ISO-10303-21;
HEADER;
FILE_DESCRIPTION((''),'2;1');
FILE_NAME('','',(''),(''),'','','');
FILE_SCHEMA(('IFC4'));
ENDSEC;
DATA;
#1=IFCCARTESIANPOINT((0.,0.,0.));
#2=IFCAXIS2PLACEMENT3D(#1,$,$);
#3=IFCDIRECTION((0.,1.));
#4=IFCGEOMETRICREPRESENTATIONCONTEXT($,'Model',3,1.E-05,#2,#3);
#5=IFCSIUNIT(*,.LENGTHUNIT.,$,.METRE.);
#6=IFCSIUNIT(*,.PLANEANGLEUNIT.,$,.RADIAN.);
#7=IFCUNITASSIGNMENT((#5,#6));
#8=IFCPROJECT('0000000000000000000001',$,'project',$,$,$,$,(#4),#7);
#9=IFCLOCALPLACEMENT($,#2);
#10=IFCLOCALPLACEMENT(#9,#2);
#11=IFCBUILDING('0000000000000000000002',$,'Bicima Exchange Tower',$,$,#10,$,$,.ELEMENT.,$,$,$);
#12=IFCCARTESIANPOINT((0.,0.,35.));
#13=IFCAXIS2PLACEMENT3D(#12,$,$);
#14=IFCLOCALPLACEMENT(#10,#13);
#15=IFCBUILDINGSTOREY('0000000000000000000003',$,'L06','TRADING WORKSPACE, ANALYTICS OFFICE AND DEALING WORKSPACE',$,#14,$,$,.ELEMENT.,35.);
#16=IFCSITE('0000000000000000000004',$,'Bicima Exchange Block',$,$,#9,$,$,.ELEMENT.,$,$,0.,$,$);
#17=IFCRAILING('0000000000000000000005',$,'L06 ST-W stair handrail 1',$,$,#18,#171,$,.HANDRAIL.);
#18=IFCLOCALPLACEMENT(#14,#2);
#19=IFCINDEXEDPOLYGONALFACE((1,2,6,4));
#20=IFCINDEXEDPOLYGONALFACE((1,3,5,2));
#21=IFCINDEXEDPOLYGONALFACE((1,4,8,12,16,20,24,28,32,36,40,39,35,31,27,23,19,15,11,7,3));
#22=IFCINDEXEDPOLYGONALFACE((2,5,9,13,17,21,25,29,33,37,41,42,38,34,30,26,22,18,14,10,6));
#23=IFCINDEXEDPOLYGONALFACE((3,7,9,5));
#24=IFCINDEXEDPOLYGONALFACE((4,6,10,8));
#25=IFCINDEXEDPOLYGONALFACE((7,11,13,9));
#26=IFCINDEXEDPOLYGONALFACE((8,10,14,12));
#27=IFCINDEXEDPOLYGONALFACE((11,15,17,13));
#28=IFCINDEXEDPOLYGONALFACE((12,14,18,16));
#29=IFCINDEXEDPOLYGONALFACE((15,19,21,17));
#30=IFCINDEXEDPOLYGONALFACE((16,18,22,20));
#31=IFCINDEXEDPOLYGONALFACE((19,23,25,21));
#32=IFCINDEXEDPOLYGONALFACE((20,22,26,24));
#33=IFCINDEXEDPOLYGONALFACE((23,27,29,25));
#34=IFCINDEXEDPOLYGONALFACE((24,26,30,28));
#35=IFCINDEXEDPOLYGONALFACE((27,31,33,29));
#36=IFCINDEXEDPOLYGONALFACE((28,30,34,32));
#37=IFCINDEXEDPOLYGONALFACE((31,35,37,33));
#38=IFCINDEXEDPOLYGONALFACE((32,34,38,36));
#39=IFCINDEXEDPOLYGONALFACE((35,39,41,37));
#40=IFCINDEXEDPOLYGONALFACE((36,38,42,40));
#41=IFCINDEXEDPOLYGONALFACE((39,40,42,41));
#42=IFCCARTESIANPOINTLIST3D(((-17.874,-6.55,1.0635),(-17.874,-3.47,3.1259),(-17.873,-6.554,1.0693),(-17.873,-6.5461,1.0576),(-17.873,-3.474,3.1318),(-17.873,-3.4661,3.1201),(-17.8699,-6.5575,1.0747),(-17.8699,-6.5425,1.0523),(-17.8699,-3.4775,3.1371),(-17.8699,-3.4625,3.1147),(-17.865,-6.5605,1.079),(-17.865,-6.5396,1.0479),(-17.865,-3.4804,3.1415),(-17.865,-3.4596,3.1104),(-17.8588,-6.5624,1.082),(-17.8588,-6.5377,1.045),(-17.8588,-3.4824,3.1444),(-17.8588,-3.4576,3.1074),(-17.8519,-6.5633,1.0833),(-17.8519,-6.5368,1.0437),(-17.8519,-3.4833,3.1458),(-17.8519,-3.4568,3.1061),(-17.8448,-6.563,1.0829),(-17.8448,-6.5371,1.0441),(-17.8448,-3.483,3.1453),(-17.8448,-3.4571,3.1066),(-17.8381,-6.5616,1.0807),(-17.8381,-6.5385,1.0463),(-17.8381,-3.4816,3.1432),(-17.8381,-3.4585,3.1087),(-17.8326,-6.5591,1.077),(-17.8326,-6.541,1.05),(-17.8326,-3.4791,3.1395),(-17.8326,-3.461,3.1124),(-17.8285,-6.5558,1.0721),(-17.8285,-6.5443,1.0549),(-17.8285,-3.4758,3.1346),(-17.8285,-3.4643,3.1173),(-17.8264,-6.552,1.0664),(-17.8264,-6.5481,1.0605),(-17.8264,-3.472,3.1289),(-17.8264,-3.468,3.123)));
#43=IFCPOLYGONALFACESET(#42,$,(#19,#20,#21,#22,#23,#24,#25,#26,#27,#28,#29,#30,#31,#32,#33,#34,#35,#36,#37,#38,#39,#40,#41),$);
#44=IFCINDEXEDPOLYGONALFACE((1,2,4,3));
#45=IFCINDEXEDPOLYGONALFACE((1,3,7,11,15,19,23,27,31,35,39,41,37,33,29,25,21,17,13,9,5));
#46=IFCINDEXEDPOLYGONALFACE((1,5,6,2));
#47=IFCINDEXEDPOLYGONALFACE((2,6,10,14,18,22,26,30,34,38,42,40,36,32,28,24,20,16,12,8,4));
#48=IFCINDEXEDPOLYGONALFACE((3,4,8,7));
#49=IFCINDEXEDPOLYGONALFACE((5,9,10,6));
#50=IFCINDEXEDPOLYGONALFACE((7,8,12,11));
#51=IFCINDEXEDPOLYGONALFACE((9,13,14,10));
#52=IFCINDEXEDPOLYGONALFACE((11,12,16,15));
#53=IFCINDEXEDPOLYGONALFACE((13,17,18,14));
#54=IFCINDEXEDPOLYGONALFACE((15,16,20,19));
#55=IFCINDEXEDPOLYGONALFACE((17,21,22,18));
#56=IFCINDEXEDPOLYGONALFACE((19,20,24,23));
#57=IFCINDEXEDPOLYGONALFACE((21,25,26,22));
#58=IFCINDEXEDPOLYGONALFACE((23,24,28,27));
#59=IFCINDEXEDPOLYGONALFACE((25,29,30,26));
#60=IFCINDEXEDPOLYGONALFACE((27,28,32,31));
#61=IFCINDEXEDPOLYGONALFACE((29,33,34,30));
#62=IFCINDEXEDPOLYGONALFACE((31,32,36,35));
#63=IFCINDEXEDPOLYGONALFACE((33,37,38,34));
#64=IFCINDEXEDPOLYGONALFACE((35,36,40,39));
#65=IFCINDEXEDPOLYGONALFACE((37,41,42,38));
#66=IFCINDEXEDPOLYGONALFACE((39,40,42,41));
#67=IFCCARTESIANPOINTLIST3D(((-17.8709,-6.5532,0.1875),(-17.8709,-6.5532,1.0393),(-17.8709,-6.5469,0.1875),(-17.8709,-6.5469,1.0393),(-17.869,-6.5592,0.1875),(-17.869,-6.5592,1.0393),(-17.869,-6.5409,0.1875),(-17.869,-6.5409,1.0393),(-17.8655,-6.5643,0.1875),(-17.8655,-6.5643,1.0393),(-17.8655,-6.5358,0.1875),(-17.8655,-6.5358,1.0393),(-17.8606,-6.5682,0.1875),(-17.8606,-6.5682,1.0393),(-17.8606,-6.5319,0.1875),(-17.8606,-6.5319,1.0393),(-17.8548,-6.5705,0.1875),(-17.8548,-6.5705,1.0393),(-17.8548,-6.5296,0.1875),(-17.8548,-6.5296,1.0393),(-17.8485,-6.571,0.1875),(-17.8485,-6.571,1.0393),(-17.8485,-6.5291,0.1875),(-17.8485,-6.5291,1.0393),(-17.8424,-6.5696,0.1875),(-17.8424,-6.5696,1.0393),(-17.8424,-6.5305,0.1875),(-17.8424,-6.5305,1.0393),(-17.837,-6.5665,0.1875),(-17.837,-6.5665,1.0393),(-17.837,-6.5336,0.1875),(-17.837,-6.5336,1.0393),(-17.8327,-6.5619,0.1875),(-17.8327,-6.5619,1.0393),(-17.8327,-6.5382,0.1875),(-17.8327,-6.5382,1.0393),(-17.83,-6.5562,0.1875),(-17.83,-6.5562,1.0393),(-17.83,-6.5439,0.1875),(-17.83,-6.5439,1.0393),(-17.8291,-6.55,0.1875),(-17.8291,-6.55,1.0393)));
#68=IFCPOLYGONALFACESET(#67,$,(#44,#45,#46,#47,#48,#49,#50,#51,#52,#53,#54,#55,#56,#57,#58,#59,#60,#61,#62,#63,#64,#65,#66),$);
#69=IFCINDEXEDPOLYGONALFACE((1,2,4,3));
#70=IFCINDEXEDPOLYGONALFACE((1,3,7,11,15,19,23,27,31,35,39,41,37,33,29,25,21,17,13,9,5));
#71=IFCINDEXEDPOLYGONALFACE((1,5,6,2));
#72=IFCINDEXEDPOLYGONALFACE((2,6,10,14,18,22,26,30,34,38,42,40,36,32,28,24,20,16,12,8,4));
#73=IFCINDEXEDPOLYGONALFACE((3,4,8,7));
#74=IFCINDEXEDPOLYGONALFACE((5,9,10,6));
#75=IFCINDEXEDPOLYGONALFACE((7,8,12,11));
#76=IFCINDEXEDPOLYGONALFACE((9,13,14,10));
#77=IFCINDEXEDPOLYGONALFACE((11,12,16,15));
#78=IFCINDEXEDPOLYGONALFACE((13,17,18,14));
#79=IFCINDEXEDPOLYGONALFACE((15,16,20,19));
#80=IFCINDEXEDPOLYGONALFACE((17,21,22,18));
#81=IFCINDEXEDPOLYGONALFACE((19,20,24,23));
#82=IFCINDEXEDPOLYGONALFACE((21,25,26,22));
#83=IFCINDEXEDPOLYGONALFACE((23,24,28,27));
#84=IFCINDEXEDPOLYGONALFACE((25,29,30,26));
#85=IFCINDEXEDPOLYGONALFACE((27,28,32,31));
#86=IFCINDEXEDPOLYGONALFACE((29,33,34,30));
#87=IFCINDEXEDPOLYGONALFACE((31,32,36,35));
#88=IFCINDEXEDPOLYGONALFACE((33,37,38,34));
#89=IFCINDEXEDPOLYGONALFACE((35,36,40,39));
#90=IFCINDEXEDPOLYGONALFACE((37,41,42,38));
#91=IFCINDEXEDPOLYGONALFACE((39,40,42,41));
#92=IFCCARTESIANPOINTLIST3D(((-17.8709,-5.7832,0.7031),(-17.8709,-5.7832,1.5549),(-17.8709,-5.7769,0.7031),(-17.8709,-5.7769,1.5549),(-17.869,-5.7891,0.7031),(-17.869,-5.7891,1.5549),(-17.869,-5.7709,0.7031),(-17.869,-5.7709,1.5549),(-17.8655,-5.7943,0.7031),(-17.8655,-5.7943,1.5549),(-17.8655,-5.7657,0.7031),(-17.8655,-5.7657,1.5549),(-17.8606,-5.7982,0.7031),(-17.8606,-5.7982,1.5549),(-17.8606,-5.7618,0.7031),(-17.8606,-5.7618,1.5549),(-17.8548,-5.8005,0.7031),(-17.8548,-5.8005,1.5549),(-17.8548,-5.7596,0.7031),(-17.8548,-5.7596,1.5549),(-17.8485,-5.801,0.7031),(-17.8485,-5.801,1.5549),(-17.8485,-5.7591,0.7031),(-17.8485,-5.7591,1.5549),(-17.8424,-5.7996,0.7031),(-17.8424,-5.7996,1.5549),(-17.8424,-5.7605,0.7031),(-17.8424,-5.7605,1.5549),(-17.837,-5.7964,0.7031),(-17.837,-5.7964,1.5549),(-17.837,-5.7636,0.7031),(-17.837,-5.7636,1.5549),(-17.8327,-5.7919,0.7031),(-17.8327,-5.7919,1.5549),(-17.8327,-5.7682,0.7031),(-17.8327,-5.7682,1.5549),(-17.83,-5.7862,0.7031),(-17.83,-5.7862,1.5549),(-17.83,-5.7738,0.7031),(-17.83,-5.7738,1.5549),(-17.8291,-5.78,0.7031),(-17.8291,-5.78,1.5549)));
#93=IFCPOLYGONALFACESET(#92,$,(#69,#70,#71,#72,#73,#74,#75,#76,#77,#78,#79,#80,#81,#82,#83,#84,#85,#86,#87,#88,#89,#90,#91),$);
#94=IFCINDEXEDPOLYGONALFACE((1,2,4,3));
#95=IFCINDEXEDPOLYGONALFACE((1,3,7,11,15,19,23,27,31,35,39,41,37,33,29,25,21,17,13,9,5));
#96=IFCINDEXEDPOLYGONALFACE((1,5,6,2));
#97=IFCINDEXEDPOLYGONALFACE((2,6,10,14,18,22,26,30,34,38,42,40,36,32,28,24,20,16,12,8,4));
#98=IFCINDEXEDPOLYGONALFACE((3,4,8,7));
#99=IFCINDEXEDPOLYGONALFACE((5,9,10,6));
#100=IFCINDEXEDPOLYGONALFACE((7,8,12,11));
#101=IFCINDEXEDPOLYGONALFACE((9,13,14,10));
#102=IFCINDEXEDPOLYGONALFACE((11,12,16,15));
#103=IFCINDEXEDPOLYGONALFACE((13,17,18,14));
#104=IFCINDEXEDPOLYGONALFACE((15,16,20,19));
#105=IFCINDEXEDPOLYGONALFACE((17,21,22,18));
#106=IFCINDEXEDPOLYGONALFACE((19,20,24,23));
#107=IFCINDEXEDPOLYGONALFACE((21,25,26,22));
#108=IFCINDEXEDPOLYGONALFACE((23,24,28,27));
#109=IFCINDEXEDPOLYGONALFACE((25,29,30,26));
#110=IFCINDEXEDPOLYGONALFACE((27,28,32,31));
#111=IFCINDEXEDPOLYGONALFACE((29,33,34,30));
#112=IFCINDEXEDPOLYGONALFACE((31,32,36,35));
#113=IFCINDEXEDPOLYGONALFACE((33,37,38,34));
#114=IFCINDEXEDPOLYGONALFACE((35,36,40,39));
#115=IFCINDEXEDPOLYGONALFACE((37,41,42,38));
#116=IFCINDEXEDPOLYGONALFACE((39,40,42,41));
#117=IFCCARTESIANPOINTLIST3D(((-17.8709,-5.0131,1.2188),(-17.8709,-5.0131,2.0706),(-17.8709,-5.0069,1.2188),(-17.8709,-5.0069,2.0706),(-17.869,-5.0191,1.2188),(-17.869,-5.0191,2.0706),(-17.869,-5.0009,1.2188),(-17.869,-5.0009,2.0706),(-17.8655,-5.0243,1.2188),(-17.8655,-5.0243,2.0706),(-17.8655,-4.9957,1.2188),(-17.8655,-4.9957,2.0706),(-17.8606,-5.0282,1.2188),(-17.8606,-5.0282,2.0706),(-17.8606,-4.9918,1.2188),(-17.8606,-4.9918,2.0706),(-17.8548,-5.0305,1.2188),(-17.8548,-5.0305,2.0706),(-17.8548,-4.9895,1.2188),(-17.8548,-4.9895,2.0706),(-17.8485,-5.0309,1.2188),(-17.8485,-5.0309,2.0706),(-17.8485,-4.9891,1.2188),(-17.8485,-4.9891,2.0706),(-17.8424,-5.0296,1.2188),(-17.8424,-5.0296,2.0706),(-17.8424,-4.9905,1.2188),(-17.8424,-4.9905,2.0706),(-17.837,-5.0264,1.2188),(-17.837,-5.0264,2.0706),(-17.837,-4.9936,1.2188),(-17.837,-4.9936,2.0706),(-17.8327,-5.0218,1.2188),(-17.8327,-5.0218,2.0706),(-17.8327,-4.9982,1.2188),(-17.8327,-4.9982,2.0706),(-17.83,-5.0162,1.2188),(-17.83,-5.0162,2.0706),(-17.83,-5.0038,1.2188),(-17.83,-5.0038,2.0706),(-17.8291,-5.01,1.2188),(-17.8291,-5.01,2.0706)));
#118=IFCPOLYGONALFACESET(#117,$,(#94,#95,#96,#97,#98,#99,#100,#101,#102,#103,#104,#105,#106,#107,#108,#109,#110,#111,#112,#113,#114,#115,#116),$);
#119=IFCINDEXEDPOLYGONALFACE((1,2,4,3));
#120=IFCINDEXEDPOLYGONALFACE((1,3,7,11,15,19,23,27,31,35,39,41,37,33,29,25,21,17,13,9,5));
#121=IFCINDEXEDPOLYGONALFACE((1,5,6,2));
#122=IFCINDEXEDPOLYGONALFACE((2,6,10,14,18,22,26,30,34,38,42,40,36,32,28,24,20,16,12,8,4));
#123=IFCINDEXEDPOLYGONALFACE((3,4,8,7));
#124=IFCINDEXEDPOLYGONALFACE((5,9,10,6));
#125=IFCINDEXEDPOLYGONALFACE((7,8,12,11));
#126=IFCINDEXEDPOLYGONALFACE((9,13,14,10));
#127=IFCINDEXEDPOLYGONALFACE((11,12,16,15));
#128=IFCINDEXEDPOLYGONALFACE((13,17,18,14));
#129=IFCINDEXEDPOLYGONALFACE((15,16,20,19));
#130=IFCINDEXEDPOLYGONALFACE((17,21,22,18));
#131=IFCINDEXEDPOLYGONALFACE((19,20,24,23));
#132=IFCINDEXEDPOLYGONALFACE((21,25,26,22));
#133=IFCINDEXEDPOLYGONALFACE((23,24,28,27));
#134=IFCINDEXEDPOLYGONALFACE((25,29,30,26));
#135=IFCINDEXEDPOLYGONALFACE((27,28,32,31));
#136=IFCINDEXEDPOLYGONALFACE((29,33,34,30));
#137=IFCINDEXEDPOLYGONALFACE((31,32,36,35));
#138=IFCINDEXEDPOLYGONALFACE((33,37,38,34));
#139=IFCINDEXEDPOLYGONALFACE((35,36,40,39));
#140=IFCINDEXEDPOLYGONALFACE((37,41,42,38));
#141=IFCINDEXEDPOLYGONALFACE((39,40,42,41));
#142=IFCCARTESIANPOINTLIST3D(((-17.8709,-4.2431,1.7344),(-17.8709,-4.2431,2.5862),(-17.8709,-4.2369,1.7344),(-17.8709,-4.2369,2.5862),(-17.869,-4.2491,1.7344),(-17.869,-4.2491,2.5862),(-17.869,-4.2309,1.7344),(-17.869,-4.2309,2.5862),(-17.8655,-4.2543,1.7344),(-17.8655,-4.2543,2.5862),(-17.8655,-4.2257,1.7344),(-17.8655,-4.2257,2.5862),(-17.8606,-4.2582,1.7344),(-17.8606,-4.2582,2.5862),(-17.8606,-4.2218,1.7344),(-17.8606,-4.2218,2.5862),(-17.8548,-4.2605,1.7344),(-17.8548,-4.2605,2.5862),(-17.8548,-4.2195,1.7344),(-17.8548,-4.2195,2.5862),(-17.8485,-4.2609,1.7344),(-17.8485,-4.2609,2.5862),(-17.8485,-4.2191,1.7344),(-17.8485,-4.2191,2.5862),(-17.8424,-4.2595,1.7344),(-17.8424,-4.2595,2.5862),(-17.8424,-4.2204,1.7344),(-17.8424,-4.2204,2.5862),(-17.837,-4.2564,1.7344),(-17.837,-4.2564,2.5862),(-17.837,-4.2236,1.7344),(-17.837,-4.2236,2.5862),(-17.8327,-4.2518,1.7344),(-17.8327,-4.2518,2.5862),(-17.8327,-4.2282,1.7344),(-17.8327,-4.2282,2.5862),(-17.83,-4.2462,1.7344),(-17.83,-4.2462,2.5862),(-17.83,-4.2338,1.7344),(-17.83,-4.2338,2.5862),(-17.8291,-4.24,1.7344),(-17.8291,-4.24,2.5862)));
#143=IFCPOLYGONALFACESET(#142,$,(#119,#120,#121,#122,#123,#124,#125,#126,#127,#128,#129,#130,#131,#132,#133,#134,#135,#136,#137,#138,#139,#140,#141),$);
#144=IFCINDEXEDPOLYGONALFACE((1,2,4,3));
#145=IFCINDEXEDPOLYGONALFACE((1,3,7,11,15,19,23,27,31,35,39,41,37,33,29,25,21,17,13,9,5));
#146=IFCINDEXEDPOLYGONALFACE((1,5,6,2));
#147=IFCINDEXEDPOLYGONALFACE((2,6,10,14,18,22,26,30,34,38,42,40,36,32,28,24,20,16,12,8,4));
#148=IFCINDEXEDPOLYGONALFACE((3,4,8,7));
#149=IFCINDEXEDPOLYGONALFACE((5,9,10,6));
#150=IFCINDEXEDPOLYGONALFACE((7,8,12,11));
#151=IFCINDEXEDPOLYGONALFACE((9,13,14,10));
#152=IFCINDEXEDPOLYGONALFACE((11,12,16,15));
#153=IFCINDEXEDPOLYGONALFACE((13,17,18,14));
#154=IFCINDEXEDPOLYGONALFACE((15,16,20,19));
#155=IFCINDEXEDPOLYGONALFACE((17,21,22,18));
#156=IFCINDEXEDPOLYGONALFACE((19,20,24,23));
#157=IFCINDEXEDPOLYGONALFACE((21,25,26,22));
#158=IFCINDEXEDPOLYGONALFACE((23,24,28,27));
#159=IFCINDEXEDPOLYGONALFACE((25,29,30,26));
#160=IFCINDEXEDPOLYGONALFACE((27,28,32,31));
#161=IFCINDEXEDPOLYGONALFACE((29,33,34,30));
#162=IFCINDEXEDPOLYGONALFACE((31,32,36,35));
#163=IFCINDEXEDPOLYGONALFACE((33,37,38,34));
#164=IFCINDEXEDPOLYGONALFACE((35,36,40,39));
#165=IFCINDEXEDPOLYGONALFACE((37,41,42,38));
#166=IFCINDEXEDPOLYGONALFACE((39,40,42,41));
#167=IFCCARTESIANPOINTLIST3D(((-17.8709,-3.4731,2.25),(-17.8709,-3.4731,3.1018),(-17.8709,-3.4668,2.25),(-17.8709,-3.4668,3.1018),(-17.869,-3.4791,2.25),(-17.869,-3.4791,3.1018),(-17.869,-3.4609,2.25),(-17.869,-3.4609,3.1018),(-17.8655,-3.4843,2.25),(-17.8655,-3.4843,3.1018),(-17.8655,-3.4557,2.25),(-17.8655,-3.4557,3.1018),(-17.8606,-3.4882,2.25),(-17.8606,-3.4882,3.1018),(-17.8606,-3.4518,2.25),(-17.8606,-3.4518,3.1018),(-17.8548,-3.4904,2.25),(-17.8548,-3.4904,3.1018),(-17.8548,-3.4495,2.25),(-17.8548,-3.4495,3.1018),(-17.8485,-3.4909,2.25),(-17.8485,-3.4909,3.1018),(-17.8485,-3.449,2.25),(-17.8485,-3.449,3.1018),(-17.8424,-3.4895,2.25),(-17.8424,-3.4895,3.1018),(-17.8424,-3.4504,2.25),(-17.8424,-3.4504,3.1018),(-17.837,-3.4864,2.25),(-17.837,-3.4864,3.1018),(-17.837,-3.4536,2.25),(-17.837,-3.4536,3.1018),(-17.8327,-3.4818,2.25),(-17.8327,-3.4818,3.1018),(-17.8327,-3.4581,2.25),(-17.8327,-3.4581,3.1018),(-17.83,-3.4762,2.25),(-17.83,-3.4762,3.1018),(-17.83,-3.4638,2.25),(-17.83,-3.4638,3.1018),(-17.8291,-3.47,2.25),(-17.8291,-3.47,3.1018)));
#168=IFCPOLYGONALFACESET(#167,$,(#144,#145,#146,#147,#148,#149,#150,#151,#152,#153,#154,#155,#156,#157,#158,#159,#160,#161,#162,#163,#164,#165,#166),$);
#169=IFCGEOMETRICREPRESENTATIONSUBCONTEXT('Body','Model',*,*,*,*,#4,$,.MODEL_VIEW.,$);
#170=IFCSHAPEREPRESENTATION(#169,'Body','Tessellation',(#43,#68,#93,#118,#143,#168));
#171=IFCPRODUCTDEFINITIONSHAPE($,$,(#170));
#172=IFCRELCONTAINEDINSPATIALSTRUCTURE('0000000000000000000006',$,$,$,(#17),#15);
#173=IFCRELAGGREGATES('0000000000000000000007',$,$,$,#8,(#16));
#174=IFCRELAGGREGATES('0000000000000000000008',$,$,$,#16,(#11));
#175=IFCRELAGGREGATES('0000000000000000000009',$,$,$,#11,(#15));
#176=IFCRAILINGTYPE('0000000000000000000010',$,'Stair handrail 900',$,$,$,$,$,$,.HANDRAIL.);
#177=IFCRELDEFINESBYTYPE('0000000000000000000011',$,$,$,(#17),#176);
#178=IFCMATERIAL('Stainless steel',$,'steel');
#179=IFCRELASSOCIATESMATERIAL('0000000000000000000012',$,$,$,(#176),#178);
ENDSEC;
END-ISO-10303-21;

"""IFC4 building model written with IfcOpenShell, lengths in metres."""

from ifc_helpers import new_model, si_unit, direction, frame, origin, origin_2d, place, context, subcontext, project, spatial, circle, extrude, material, type_object, element, save


model = new_model("IFC4")

# Units and contexts
model_context = context("Model", 3, precision=1e-05, world=origin(), true_north=direction((0.0, 1.0)))
body_context = subcontext(model_context, "Body", "Model", "MODEL_VIEW")
ifc_project = project(units=[si_unit("LENGTHUNIT", "METRE"), si_unit("PLANEANGLEUNIT", "RADIAN")], contexts=[model_context])

# Site, building, storey
site_placement = place(None, origin())
site = spatial("IfcSite", under=ifc_project, at=site_placement, Name="Bicima Exchange Block", CompositionType="ELEMENT", RefElevation=0.0)
building_placement = place(site_placement, origin())
building = spatial("IfcBuilding", under=site, at=building_placement, Name="Bicima Exchange Tower", CompositionType="ELEMENT")
storey_placement = place(building_placement, frame((0.0, 0.0, 35.0)))
storey = spatial("IfcBuildingStorey", under=building, at=storey_placement, Name="L06", Description="TRADING WORKSPACE, ANALYTICS OFFICE AND DEALING WORKSPACE", CompositionType="ELEMENT", Elevation=35.0)

# Shared definitions
ifc_material_1 = material(Name="Stainless steel", Category="steel")

# Railing
railing_type_1 = type_object("IfcRailingType", Name="Stair handrail 900", PredefinedType="HANDRAIL", material=ifc_material_1)
railing_1_placement = place(storey_placement, frame((-17.8501, -6.55, 0.1875)))
element("IfcRailing", 1, at=railing_1_placement, inside=storey, type_object=railing_type_1, Name="L06 ST-W stair handrail 1", PredefinedType="HANDRAIL", context=body_context, shape_type="SweptSolid", body=[
    extrude(circle(Radius=0.0239, at=origin_2d()), frame((0.0, 0.0, 0.876), z_axis=(0.0, 0.830914, 0.556401), x_axis=(-1.0, 0.0, 0.0)), (0.0, 0.0, 1.0), 3.7068),
    extrude(circle(Radius=0.021, at=origin_2d()), origin(), (0.0, 0.0, 1.0), 0.8518),
    extrude(circle(Radius=0.021, at=origin_2d()), frame((0.0, 0.77, 0.5156)), (0.0, 0.0, 1.0), 0.8518),
    extrude(circle(Radius=0.021, at=origin_2d()), frame((0.0, 1.54, 1.0312)), (0.0, 0.0, 1.0), 0.8518),
    extrude(circle(Radius=0.021, at=origin_2d()), frame((0.0, 2.3101, 1.5469)), (0.0, 0.0, 1.0), 0.8518),
    extrude(circle(Radius=0.021, at=origin_2d()), frame((0.0, 3.0801, 2.0625)), (0.0, 0.0, 1.0), 0.8518),
])

save(model, "model.ifc")
